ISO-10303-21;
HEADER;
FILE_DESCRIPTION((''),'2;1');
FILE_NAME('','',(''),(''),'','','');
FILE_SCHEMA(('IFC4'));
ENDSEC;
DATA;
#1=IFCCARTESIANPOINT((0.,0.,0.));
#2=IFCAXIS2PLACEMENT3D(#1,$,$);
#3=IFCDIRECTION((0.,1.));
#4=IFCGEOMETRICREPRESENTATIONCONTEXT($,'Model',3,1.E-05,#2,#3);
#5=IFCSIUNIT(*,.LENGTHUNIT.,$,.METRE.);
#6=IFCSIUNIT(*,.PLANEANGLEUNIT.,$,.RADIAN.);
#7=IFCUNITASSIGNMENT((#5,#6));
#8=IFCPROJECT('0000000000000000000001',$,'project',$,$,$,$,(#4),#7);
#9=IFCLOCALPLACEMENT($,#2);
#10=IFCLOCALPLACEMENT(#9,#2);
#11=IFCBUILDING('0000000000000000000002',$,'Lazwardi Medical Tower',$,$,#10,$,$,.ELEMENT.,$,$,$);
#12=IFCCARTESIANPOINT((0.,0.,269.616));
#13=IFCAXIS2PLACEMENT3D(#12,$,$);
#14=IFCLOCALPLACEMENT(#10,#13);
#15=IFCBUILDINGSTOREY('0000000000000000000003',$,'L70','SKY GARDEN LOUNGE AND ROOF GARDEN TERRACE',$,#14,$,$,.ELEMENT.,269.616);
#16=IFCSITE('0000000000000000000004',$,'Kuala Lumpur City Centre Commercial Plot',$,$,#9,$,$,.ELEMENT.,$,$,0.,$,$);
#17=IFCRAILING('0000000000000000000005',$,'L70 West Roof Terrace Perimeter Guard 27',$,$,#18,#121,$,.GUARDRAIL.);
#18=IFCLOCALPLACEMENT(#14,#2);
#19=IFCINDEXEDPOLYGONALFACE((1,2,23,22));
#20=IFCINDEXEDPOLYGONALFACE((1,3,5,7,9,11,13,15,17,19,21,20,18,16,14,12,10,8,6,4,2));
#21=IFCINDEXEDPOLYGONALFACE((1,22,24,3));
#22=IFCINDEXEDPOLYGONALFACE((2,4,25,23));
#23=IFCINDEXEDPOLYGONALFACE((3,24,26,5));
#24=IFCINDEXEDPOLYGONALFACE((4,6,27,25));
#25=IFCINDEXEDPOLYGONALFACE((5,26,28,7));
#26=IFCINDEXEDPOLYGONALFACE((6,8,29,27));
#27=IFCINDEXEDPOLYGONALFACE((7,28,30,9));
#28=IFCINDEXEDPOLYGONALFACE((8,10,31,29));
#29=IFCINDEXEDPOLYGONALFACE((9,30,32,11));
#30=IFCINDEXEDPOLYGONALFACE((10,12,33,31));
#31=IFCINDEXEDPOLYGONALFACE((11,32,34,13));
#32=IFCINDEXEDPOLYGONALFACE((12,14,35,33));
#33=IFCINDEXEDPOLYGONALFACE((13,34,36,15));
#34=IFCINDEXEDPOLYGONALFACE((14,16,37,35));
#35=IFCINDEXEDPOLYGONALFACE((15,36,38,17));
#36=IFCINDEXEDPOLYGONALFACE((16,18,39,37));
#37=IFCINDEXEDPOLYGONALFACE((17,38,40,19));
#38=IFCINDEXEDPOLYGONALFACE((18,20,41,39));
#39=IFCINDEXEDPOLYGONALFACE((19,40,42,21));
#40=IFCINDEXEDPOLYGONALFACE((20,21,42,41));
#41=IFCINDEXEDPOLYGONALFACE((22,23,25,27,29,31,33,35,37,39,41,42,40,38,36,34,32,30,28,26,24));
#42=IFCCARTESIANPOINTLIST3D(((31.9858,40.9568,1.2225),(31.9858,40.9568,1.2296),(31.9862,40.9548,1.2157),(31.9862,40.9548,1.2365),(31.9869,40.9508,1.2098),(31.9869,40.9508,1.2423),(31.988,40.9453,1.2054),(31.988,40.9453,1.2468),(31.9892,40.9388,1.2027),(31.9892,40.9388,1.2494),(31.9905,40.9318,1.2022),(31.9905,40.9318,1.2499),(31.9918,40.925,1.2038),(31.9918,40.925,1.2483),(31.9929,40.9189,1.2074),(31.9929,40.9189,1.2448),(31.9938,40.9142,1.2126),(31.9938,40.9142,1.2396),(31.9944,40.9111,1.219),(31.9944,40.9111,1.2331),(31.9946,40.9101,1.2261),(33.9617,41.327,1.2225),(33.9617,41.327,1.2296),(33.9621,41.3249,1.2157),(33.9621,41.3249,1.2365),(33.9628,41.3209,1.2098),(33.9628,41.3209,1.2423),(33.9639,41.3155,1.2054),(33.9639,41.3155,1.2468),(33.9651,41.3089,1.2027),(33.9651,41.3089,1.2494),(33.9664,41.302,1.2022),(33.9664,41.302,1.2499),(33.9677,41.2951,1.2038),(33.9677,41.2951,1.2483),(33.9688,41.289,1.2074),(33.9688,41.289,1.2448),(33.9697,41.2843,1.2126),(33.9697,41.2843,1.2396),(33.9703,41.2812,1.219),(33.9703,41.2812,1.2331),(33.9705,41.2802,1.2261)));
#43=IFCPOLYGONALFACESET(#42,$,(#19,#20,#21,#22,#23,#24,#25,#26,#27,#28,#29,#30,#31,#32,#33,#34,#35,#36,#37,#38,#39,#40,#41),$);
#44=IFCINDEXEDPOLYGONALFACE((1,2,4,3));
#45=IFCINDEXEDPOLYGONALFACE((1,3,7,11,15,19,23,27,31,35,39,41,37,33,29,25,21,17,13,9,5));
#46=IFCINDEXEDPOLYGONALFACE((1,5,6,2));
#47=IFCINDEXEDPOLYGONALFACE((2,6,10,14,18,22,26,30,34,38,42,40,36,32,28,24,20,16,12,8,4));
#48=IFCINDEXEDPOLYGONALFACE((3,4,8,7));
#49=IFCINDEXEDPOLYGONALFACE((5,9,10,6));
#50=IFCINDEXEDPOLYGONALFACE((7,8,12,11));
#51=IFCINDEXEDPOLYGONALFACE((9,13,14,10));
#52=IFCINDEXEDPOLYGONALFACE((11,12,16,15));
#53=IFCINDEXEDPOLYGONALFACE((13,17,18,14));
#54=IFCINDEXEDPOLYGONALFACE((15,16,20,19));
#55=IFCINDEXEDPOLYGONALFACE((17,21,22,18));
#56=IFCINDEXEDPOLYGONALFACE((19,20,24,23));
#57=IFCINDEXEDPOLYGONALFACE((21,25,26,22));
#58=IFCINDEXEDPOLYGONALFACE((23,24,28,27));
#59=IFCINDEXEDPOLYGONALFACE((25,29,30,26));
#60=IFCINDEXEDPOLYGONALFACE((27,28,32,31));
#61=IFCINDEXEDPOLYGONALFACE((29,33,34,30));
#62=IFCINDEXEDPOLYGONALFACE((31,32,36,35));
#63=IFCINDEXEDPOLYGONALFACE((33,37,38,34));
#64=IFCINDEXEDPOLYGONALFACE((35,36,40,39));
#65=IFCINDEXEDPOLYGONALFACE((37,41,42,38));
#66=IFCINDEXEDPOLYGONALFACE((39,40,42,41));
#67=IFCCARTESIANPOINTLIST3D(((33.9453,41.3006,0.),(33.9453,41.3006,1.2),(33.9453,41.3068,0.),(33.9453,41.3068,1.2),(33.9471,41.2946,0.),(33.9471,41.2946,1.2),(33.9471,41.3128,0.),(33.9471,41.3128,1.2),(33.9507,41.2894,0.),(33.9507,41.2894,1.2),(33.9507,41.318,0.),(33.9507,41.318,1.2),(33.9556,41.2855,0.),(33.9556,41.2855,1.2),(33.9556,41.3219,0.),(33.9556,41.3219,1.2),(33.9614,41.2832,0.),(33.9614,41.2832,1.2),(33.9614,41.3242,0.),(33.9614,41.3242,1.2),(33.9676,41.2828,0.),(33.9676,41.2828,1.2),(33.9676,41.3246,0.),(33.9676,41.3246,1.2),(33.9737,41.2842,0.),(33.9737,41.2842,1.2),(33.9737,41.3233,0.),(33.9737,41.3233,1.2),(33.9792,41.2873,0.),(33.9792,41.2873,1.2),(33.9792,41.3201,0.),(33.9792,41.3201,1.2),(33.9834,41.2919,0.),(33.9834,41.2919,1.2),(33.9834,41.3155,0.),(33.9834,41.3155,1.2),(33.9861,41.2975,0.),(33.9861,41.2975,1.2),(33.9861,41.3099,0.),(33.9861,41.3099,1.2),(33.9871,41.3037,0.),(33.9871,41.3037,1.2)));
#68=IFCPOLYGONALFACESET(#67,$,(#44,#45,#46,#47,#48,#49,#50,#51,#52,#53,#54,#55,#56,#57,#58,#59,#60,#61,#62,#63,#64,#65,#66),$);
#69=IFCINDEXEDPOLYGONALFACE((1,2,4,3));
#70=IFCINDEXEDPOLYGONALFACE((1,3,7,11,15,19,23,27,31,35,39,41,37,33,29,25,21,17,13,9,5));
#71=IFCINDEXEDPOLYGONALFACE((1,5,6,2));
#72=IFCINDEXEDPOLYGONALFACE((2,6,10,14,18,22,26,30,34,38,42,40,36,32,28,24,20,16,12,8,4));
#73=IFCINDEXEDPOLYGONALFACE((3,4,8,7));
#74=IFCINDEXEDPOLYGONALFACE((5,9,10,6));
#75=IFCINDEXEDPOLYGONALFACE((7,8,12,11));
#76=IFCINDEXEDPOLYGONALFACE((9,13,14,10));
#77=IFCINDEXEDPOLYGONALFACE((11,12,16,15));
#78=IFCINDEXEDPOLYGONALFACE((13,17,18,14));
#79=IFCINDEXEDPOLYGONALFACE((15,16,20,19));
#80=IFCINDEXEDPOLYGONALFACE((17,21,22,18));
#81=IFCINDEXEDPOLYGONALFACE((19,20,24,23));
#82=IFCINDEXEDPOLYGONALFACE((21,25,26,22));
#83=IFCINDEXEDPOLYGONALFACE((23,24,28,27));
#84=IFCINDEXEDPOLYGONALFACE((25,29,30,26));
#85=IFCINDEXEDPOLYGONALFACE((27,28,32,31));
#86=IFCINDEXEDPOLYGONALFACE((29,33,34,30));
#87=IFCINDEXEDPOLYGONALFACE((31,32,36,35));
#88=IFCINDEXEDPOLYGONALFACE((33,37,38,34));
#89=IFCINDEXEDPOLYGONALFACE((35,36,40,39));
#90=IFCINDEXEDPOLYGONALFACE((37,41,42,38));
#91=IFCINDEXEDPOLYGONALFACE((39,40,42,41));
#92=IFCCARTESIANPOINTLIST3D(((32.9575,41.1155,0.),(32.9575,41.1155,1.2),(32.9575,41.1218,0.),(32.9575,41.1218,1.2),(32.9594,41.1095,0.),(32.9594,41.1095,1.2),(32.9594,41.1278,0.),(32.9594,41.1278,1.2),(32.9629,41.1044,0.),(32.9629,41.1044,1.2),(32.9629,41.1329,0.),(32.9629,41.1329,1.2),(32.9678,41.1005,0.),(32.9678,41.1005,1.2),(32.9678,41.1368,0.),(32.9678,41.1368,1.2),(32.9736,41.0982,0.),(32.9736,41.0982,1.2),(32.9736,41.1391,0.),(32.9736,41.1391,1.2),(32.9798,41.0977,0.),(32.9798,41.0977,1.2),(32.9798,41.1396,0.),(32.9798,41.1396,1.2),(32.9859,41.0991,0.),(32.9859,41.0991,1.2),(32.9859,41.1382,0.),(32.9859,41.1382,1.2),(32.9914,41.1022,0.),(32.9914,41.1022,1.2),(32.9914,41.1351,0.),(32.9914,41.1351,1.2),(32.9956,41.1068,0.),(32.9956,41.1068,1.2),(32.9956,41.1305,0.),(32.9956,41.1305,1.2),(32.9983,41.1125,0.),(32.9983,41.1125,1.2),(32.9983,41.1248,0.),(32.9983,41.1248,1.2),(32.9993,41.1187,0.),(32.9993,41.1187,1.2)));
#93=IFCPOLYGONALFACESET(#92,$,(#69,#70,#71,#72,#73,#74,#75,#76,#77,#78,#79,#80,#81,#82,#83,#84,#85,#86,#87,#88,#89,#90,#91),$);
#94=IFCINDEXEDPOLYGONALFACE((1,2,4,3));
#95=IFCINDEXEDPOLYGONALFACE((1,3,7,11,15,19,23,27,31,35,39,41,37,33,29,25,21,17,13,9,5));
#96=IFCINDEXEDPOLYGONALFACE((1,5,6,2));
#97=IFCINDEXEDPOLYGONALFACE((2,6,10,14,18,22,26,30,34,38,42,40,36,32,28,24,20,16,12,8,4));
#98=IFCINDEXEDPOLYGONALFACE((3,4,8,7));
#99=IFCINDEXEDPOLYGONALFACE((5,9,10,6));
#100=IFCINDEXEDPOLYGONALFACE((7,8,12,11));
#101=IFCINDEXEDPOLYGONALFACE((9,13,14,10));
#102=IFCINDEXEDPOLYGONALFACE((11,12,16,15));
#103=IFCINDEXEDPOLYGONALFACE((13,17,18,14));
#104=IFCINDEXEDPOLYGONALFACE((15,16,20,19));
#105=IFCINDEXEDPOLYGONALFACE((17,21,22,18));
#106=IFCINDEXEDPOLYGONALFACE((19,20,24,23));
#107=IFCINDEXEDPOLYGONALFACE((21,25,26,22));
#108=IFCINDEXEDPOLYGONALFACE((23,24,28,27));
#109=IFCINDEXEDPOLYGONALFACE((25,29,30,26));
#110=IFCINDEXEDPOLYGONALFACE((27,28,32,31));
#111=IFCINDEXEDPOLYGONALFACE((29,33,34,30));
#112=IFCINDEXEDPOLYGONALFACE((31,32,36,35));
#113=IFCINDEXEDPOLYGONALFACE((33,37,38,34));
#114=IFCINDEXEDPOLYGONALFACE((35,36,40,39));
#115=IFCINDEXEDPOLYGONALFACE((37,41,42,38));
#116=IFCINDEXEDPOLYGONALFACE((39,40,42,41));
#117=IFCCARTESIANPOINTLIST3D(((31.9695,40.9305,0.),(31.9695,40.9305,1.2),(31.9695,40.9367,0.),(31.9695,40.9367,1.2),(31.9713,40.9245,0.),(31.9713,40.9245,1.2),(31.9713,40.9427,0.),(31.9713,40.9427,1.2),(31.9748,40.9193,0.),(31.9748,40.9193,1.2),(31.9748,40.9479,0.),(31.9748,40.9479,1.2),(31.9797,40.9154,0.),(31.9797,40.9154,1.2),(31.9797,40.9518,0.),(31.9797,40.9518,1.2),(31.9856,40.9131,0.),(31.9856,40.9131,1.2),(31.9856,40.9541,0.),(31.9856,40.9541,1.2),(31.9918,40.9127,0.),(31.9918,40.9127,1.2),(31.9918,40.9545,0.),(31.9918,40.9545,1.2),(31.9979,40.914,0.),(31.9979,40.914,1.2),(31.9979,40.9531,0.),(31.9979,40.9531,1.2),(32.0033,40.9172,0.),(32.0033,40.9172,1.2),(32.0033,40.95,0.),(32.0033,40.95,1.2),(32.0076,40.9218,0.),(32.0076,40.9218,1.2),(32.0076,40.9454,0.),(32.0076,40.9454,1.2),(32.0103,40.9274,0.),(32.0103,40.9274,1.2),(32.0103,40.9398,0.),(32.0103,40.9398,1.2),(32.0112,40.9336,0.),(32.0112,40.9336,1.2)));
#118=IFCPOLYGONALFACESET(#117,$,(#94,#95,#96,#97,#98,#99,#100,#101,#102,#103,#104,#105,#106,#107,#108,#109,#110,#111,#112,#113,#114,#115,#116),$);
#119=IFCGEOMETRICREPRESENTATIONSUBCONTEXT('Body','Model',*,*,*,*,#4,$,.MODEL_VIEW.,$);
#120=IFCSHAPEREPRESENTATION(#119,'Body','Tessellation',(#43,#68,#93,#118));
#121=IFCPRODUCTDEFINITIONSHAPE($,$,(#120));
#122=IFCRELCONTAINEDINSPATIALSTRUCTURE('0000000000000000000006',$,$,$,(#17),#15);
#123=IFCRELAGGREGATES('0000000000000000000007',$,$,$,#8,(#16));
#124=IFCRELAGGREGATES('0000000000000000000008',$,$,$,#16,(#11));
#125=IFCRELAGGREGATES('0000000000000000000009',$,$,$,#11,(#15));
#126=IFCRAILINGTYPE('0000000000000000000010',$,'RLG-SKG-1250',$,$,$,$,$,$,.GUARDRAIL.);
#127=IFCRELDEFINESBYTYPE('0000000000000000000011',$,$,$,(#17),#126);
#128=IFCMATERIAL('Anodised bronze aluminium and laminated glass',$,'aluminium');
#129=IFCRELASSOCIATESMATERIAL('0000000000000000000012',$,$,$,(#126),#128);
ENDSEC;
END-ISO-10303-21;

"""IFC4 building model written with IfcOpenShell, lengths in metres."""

from ifc_helpers import new_model, si_unit, direction, frame, origin, origin_2d, place, context, subcontext, project, spatial, circle, extrude, material, type_object, element, save


model = new_model("IFC4")

# Units and contexts
model_context = context("Model", 3, precision=1e-05, world=origin(), true_north=direction((0.0, 1.0)))
body_context = subcontext(model_context, "Body", "Model", "MODEL_VIEW")
ifc_project = project(units=[si_unit("LENGTHUNIT", "METRE"), si_unit("PLANEANGLEUNIT", "RADIAN")], contexts=[model_context])

# Site, building, storey
site_placement = place(None, origin())
site = spatial("IfcSite", under=ifc_project, at=site_placement, Name="Kuala Lumpur City Centre Commercial Plot", CompositionType="ELEMENT", RefElevation=0.0)
building_placement = place(site_placement, origin())
building = spatial("IfcBuilding", under=site, at=building_placement, Name="Lazwardi Medical Tower", CompositionType="ELEMENT")
storey_placement = place(building_placement, frame((0.0, 0.0, 269.616)))
storey = spatial("IfcBuildingStorey", under=building, at=storey_placement, Name="L70", Description="SKY GARDEN LOUNGE AND ROOF GARDEN TERRACE", CompositionType="ELEMENT", Elevation=269.616)

# Railing
ifc_material_1 = material(Name="Anodised bronze aluminium and laminated glass", Category="aluminium")
railing_type = type_object("IfcRailingType", Name="RLG-SKG-1250", PredefinedType="GUARDRAIL", material=ifc_material_1)
railing_1_placement = place(storey_placement, frame((33.9661, 41.3037, 0.0)))
element("IfcRailing", 1, at=railing_1_placement, inside=storey, type_object=railing_type, Name="L70 West Roof Terrace Perimeter Guard 27", PredefinedType="GUARDRAIL", context=body_context, shape_type="SweptSolid", body=[
    extrude(circle(Radius=0.0239, at=origin_2d()), frame((0.0, 0.0, 1.2261), z_axis=(-0.982904, -0.18412, 0.0), x_axis=(0.18412, -0.982904, 0.0)), (0.0, 0.0, 1.0), 2.0103),
    extrude(circle(Radius=0.021, at=origin_2d()), origin(), (0.0, 0.0, 1.0), 1.2),
    extrude(circle(Radius=0.021, at=origin_2d()), frame((-0.9878, -0.1851, 0.0)), (0.0, 0.0, 1.0), 1.2),
    extrude(circle(Radius=0.021, at=origin_2d()), frame((-1.9758, -0.3701, 0.0)), (0.0, 0.0, 1.0), 1.2),
])

save(model, "model.ifc")
